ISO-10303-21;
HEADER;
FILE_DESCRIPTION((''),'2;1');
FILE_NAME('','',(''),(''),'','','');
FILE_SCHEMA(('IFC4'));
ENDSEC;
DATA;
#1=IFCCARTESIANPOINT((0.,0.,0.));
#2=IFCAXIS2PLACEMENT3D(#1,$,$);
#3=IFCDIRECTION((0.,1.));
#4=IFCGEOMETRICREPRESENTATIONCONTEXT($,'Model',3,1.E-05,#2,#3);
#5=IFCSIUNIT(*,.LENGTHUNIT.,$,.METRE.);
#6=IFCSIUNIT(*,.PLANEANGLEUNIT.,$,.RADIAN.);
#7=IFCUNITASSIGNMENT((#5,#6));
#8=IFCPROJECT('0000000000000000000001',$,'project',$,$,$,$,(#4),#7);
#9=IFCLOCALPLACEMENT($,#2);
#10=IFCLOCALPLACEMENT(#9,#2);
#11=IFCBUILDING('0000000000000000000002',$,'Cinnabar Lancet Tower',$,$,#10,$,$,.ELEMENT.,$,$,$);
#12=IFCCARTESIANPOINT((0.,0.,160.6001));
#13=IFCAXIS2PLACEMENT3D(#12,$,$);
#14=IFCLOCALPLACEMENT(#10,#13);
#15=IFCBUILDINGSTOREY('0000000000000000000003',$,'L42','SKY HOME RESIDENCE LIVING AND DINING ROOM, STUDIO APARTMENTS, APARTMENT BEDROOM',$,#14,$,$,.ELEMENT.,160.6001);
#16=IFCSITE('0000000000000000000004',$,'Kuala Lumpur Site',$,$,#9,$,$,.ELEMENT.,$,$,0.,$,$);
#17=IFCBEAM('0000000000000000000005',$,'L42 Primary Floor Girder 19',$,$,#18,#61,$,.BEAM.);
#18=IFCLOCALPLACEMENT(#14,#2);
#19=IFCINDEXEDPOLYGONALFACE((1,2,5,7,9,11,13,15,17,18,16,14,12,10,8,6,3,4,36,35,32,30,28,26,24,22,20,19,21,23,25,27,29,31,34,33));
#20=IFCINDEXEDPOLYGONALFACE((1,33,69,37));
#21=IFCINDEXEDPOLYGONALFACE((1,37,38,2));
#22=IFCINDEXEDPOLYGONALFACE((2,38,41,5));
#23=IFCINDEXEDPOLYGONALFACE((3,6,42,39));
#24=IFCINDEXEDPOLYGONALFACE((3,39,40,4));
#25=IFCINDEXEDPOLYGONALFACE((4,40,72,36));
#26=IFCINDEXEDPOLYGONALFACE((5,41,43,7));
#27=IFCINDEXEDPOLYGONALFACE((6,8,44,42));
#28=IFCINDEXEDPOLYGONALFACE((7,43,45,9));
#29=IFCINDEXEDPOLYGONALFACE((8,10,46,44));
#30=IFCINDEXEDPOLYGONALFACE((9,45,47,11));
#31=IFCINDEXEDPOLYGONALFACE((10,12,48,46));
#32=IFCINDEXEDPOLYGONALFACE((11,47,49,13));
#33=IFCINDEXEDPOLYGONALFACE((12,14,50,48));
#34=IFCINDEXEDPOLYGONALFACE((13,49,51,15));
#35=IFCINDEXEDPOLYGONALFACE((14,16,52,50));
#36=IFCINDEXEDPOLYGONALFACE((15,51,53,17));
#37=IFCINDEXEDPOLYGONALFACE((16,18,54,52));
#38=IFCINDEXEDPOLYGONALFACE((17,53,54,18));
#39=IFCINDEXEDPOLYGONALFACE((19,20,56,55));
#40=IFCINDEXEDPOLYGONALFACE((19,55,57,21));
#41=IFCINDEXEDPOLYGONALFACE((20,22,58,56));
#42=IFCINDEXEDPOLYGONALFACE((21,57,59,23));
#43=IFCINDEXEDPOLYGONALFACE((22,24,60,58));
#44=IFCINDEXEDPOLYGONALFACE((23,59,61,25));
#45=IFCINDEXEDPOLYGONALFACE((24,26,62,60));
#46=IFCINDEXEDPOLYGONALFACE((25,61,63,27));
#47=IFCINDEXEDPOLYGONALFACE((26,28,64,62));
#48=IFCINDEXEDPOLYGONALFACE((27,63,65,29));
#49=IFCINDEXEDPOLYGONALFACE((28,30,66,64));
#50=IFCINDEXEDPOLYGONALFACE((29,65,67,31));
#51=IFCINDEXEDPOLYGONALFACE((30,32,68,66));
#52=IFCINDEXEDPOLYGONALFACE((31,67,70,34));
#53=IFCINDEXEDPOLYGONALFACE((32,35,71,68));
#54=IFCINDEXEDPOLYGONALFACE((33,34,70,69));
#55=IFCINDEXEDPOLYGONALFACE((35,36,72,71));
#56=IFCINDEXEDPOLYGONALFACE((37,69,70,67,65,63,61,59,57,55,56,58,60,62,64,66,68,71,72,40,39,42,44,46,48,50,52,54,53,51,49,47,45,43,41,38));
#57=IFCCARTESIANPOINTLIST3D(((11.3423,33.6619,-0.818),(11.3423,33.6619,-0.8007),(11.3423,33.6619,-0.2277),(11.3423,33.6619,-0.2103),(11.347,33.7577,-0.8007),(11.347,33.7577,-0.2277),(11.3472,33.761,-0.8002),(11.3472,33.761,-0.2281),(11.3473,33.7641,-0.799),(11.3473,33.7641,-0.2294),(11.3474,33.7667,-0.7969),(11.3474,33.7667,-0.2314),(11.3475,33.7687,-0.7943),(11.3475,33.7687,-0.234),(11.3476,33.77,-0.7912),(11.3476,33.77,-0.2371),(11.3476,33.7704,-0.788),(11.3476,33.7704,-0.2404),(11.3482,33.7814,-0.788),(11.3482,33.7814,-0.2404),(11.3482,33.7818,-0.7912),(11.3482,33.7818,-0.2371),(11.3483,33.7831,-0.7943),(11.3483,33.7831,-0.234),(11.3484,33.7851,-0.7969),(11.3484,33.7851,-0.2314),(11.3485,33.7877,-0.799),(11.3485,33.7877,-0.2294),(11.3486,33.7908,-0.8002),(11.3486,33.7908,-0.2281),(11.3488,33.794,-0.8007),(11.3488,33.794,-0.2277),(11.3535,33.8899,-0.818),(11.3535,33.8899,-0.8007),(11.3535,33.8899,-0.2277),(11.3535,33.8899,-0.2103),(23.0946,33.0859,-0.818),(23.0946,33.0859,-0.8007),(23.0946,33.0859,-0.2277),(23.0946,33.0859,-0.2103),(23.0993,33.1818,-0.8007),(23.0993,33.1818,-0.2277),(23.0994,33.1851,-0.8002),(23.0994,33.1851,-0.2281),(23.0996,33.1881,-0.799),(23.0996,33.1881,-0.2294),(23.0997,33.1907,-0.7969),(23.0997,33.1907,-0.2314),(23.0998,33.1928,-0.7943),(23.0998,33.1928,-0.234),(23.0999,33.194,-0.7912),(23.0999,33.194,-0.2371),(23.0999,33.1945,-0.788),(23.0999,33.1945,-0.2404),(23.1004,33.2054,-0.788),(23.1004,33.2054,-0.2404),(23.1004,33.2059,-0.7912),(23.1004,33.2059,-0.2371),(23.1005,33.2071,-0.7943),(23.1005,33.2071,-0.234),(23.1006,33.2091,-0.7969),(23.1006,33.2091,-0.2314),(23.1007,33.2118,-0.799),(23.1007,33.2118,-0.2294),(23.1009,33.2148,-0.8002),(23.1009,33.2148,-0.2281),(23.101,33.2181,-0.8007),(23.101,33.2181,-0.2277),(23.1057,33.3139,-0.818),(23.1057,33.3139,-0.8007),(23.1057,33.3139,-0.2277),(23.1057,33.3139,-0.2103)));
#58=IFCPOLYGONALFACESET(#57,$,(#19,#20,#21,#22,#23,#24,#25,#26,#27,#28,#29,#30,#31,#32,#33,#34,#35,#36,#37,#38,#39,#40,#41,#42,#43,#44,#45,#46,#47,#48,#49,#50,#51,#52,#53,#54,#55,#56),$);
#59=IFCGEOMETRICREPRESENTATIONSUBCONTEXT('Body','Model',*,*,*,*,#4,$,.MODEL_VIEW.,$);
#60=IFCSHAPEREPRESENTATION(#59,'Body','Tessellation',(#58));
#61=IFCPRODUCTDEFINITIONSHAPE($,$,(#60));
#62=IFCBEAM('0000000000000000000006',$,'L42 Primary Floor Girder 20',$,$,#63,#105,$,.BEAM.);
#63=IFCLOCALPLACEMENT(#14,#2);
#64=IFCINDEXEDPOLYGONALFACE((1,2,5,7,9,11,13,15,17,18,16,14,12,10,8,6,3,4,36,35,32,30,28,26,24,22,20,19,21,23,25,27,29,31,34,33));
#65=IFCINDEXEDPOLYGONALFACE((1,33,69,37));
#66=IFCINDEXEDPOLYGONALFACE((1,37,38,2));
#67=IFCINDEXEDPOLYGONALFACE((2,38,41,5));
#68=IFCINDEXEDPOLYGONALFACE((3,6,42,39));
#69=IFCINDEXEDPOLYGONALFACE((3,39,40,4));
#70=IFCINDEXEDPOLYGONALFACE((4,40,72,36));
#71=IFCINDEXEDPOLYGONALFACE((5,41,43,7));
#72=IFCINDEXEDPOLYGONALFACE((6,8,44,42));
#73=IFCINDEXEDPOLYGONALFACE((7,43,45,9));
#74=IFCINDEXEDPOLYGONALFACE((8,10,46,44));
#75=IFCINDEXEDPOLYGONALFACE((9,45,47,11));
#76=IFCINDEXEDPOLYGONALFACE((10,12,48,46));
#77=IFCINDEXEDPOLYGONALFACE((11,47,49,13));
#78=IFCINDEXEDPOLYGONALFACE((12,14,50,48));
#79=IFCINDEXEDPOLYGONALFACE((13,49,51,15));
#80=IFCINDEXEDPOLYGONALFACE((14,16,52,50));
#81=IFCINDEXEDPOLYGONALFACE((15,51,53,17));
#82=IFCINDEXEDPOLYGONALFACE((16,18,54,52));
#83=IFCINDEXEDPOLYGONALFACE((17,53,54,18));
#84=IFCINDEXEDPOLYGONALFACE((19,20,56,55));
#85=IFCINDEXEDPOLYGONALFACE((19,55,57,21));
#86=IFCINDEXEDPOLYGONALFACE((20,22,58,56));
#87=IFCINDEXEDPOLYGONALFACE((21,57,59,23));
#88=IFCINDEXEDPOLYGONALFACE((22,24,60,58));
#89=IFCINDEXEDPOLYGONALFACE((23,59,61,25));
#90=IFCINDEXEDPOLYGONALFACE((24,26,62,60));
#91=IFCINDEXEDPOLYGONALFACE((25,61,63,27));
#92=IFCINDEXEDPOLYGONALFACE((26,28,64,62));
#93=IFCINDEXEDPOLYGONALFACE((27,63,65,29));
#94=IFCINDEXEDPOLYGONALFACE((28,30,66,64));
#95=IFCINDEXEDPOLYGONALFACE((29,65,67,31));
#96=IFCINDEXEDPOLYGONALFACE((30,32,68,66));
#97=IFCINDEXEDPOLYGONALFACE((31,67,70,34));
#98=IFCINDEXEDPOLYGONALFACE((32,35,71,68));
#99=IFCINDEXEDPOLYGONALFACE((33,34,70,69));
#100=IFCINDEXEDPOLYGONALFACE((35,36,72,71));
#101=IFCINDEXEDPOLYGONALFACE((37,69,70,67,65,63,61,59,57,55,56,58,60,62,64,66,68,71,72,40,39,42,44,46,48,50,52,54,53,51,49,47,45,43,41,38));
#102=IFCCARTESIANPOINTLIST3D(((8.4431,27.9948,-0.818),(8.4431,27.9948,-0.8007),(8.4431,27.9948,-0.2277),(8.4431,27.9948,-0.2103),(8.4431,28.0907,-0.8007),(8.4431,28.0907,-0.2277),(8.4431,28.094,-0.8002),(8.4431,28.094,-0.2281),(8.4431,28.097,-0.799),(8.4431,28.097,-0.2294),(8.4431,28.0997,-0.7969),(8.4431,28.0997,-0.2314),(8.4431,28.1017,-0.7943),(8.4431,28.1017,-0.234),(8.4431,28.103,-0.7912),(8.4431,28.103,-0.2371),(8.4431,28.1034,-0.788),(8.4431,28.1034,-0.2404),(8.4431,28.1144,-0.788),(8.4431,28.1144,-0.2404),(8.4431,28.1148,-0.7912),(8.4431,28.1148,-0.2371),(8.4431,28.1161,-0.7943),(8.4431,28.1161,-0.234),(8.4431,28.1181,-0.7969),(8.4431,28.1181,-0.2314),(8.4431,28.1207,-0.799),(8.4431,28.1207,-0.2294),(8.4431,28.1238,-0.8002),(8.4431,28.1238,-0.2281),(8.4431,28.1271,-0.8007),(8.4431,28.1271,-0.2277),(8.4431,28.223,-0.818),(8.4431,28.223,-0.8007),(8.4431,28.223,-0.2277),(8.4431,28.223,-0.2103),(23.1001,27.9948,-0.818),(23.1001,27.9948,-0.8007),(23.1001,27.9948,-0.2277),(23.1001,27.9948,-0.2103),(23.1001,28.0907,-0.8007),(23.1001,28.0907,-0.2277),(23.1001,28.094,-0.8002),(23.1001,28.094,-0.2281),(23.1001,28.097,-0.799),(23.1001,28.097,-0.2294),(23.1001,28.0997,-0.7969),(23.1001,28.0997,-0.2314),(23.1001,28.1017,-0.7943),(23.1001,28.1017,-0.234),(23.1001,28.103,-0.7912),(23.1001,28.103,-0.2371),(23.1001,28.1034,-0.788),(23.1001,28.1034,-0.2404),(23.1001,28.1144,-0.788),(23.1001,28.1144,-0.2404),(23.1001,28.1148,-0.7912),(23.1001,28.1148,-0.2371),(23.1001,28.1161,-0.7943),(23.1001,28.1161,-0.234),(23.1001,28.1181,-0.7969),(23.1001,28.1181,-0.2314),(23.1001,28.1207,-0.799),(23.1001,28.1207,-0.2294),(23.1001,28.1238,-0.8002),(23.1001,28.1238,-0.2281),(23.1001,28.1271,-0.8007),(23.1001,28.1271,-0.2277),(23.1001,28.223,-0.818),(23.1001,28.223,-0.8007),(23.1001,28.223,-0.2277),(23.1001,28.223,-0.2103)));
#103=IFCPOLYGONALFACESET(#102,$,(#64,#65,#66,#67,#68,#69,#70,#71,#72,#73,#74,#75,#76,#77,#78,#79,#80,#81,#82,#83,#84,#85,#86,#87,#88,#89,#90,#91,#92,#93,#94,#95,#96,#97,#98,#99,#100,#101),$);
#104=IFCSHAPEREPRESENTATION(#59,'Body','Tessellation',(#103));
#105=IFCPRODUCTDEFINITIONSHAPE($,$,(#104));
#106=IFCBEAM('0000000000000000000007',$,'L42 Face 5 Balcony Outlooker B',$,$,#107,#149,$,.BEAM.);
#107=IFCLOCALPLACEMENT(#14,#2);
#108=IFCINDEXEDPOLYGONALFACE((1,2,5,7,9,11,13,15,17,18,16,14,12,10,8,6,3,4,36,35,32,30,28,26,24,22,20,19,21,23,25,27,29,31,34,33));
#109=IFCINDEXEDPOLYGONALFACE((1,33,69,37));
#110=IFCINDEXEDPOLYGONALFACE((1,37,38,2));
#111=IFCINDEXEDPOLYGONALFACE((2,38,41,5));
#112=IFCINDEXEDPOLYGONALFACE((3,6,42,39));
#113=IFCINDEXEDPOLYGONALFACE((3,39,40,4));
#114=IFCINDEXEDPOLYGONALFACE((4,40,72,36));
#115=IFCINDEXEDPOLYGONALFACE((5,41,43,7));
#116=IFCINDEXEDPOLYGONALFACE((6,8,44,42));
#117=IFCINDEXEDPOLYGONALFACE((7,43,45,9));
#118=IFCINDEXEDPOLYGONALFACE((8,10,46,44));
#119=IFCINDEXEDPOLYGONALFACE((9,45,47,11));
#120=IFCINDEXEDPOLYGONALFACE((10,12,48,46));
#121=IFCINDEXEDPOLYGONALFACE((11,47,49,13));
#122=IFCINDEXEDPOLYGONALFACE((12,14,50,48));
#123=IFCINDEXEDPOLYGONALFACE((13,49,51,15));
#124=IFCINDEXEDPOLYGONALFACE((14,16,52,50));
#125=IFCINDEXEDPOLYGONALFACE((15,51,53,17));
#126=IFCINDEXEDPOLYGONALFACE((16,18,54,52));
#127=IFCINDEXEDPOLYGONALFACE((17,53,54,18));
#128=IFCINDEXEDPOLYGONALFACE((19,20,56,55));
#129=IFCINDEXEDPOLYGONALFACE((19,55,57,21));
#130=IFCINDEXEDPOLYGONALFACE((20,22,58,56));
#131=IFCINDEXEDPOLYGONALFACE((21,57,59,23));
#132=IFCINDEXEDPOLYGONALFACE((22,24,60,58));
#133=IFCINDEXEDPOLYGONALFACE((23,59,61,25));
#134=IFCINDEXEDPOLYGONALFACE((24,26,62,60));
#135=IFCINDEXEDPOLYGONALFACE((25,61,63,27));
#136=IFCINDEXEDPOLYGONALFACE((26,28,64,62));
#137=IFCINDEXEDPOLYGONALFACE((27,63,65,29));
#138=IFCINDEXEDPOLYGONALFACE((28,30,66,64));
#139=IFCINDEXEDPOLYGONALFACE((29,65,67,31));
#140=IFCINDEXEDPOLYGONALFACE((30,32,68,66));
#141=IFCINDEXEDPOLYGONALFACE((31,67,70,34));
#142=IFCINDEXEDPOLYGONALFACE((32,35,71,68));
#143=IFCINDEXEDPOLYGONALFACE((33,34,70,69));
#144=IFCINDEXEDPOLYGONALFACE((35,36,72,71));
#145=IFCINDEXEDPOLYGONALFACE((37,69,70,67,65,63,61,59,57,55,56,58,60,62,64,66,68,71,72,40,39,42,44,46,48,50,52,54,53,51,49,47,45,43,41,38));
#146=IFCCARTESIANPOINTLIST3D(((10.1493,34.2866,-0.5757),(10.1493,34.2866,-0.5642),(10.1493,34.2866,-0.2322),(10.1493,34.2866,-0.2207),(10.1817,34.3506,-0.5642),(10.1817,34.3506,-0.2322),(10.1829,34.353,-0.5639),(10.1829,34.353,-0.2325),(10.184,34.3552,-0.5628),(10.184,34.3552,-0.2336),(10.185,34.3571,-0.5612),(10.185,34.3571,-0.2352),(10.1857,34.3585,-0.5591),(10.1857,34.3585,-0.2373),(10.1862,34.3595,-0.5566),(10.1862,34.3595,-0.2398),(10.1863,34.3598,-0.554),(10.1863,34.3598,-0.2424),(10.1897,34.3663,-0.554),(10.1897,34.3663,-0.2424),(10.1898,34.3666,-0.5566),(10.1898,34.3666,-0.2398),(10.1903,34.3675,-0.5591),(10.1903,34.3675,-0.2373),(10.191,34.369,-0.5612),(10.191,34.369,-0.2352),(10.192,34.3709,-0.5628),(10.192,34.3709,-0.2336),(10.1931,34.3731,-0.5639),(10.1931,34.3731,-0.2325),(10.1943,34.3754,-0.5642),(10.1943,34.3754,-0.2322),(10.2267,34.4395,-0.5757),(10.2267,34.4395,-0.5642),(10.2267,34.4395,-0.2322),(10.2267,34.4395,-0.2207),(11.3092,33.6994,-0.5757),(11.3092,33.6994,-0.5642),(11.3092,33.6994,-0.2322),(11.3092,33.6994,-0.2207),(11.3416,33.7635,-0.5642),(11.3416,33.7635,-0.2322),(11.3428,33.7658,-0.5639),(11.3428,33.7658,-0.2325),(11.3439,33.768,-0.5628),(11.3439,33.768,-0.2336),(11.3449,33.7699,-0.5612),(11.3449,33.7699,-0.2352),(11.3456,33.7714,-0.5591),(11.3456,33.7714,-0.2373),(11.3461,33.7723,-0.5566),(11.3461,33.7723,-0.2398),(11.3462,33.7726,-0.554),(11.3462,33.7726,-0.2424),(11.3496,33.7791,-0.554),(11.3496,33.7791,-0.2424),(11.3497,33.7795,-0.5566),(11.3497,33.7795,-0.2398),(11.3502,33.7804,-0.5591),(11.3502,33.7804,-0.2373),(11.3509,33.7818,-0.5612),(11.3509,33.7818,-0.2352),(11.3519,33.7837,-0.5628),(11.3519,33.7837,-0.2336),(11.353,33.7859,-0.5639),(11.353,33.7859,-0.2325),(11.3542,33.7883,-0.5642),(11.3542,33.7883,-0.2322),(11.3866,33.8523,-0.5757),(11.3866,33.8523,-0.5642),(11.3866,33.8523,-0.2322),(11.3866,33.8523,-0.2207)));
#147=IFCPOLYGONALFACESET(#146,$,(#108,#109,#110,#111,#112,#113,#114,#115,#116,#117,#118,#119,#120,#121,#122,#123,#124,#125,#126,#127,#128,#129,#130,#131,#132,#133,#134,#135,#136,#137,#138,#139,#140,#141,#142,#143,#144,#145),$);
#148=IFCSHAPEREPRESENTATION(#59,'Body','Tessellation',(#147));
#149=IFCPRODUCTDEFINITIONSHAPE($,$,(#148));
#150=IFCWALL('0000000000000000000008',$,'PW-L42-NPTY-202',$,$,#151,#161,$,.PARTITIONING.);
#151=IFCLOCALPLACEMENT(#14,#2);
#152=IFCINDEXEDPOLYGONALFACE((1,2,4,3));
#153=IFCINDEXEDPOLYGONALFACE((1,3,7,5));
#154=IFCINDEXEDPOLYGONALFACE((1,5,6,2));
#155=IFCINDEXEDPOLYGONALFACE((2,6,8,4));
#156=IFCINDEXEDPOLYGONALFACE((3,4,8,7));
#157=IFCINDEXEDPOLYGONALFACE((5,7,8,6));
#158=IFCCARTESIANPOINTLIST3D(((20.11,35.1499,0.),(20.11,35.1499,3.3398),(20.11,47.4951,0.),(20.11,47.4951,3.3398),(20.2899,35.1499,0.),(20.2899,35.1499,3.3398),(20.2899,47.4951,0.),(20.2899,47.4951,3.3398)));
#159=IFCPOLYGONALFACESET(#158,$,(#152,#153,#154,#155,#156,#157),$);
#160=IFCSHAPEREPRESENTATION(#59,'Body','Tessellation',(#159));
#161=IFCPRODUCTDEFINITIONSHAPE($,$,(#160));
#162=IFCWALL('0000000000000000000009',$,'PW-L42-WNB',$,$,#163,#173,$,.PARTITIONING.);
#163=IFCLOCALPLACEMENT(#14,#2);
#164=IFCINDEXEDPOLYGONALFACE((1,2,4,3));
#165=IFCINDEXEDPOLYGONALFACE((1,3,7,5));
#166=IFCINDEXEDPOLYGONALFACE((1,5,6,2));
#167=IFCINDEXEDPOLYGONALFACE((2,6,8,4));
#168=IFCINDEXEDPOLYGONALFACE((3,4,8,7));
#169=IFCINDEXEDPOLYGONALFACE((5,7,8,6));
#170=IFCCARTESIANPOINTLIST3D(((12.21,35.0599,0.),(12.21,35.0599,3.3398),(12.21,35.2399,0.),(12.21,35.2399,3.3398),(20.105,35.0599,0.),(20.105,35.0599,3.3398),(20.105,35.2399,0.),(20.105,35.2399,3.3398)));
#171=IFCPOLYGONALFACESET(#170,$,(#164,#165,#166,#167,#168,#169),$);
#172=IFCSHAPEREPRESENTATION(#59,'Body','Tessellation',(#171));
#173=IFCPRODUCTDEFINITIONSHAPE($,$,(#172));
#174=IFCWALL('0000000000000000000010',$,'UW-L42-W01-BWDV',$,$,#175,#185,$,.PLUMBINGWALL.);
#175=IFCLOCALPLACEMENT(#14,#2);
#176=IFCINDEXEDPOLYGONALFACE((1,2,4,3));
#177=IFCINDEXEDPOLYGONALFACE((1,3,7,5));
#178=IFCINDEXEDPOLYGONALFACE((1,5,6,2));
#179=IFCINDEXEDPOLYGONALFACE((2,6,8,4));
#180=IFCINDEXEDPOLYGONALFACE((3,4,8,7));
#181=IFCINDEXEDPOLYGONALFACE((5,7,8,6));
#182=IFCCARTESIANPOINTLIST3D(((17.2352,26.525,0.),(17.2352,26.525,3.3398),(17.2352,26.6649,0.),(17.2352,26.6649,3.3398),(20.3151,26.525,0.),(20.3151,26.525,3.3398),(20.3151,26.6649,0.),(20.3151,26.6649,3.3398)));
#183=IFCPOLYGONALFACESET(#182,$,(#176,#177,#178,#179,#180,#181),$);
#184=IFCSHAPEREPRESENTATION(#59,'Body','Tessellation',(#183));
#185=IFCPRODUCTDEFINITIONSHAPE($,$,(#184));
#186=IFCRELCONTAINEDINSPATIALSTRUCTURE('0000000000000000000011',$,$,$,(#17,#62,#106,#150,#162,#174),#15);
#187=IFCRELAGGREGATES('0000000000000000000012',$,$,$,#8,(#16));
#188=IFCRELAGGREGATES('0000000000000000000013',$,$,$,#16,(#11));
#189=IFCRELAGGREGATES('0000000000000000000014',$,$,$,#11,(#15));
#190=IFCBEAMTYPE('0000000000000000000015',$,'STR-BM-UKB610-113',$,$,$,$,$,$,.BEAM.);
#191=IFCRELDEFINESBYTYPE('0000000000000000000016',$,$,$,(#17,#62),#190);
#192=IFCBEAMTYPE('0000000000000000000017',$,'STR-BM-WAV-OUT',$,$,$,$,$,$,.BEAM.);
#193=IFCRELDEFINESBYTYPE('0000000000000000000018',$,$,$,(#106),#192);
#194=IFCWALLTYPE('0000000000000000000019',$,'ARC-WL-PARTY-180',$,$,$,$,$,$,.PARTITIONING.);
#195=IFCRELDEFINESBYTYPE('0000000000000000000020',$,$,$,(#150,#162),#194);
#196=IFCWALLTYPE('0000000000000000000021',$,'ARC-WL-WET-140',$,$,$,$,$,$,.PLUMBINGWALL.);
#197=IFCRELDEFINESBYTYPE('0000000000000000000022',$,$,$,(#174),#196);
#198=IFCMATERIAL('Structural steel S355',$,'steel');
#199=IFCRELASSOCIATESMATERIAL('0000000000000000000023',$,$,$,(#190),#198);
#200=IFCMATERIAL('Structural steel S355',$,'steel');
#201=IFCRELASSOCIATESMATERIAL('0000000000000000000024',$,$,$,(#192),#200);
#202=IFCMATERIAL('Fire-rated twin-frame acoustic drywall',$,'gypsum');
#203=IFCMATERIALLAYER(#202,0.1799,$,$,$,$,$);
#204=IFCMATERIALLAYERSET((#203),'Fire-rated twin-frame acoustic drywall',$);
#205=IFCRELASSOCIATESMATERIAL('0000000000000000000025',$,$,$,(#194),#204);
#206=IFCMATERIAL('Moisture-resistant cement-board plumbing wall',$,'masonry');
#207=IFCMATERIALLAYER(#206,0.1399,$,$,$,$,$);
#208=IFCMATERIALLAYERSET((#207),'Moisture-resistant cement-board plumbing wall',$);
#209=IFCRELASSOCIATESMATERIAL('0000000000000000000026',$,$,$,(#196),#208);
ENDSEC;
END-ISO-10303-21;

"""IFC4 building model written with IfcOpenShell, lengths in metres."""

from ifc_helpers import new_model, si_unit, direction, frame, frame_2d, origin, origin_2d, place, context, subcontext, project, spatial, rectangle, i_section, extrude, material, layer, layer_set, material_profile, profile_set, type_object, element, save


model = new_model("IFC4")

# Units and contexts
model_context = context("Model", 3, precision=1e-05, world=origin(), true_north=direction((0.0, 1.0)))
body_context = subcontext(model_context, "Body", "Model", "MODEL_VIEW")
ifc_project = project(units=[si_unit("LENGTHUNIT", "METRE"), si_unit("PLANEANGLEUNIT", "RADIAN")], contexts=[model_context])

# Site, building, storey
site_placement = place(None, origin())
site = spatial("IfcSite", under=ifc_project, at=site_placement, Name="Kuala Lumpur Site", CompositionType="ELEMENT", RefElevation=0.0)
building_placement = place(site_placement, origin())
building = spatial("IfcBuilding", under=site, at=building_placement, Name="Cinnabar Lancet Tower", CompositionType="ELEMENT")
storey_placement = place(building_placement, frame((0.0, 0.0, 160.6001)))
storey = spatial("IfcBuildingStorey", under=building, at=storey_placement, Name="L42", Description="SKY HOME RESIDENCE LIVING AND DINING ROOM, STUDIO APARTMENTS, APARTMENT BEDROOM", CompositionType="ELEMENT", Elevation=160.6001)

# Beams
ifc_material_1 = material(Name="Structural steel S355", Category="steel")
ifc_material_profile_1 = material_profile(ifc_material_1, i_section(OverallWidth=0.2283, OverallDepth=0.6077, WebThickness=0.011, FlangeThickness=0.0173, FilletRadius=0.0127, at=origin_2d()), Name="UKB 610x229x113")
ifc_profile_set_1 = profile_set([ifc_material_profile_1], Name="Structural steel S355")
beam_type_1 = type_object("IfcBeamType", Name="STR-BM-UKB610-113", PredefinedType="BEAM", material=ifc_profile_set_1)
beam_1_placement = place(storey_placement, frame((11.3479, 33.7759, -0.5142), z_axis=(0.998801, -0.048947, 0.0), x_axis=(0.048947, 0.998801, 0.0)))
element("IfcBeam", 1, at=beam_1_placement, inside=storey, type_object=beam_type_1, Name="L42 Primary Floor Girder 19", PredefinedType="BEAM", context=body_context, shape_type="SweptSolid", body=[
    extrude(i_section(OverallWidth=0.2283, OverallDepth=0.6077, WebThickness=0.011, FlangeThickness=0.0173, FilletRadius=0.0127, at=origin_2d()), origin(), (0.0, 0.0, 1.0), 11.7664),
])
beam_2_placement = place(storey_placement, frame((8.4431, 28.1089, -0.5142), z_axis=(1.0, 0.0, 0.0), x_axis=(0.0, 1.0, 0.0)))
element("IfcBeam", 2, at=beam_2_placement, inside=storey, type_object=beam_type_1, Name="L42 Primary Floor Girder 20", PredefinedType="BEAM", context=body_context, shape_type="SweptSolid", body=[
    extrude(i_section(OverallWidth=0.2283, OverallDepth=0.6077, WebThickness=0.011, FlangeThickness=0.0173, FilletRadius=0.0127, at=origin_2d()), origin(), (0.0, 0.0, 1.0), 14.657),
])
ifc_material_2 = material(Name="Structural steel S355", Category="steel")
ifc_material_profile_2 = material_profile(ifc_material_2, i_section(OverallWidth=0.1714, OverallDepth=0.355, WebThickness=0.0073, FlangeThickness=0.0115, FilletRadius=0.0103, at=origin_2d()), Name="UKB 356x171x51")
ifc_profile_set_2 = profile_set([ifc_material_profile_2], Name="Structural steel S355")
beam_type_2 = type_object("IfcBeamType", Name="STR-BM-WAV-OUT", PredefinedType="BEAM", material=ifc_profile_set_2)
beam_3_placement = place(storey_placement, frame((11.3479, 33.7759, -0.3982), z_axis=(-0.8922, 0.45164, 0.0), x_axis=(-0.45164, -0.8922, 0.0)))
element("IfcBeam", 3, at=beam_3_placement, inside=storey, type_object=beam_type_2, Name="L42 Face 5 Balcony Outlooker B", PredefinedType="BEAM", context=body_context, shape_type="SweptSolid", body=[
    extrude(i_section(OverallWidth=0.1714, OverallDepth=0.355, WebThickness=0.0073, FlangeThickness=0.0115, FilletRadius=0.0103, at=origin_2d()), origin(), (0.0, 0.0, 1.0), 1.3),
])

# Walls
ifc_material_3 = material(Name="Fire-rated twin-frame acoustic drywall", Category="gypsum")
ifc_layer_1 = layer(ifc_material_3, 0.1799)
ifc_layer_set_1 = layer_set([ifc_layer_1], Name="Fire-rated twin-frame acoustic drywall")
wall_type_1 = type_object("IfcWallType", Name="ARC-WL-PARTY-180", PredefinedType="PARTITIONING", material=ifc_layer_set_1)
wall_1_placement = place(storey_placement, frame((20.2, 35.1499, 0.0), z_axis=(0.0, 0.0, 1.0), x_axis=(0.0, 1.0, 0.0)))
element("IfcWall", 4, at=wall_1_placement, inside=storey, type_object=wall_type_1, Name="PW-L42-NPTY-202", PredefinedType="PARTITIONING", context=body_context, shape_type="SweptSolid", body=[
    extrude(rectangle(XDim=12.3452, YDim=0.1799, at=frame_2d((6.1726, 0.0))), origin(), (0.0, 0.0, 1.0), 3.3398),
])
wall_2_placement = place(storey_placement, frame((12.21, 35.1499, 0.0), z_axis=(0.0, 0.0, 1.0), x_axis=(1.0, 0.0, 0.0)))
element("IfcWall", 5, at=wall_2_placement, inside=storey, type_object=wall_type_1, Name="PW-L42-WNB", PredefinedType="PARTITIONING", context=body_context, shape_type="SweptSolid", body=[
    extrude(rectangle(XDim=7.895, YDim=0.1799, at=frame_2d((3.9475, 0.0))), origin(), (0.0, 0.0, 1.0), 3.3398),
])
ifc_material_4 = material(Name="Moisture-resistant cement-board plumbing wall", Category="masonry")
ifc_layer_2 = layer(ifc_material_4, 0.1399)
ifc_layer_set_2 = layer_set([ifc_layer_2], Name="Moisture-resistant cement-board plumbing wall")
wall_type_2 = type_object("IfcWallType", Name="ARC-WL-WET-140", PredefinedType="PLUMBINGWALL", material=ifc_layer_set_2)
wall_3_placement = place(storey_placement, frame((17.2351, 26.595, 0.0), z_axis=(0.0, 0.0, 1.0), x_axis=(1.0, 0.0, 0.0)))
element("IfcWall", 6, at=wall_3_placement, inside=storey, type_object=wall_type_2, Name="UW-L42-W01-BWDV", PredefinedType="PLUMBINGWALL", context=body_context, shape_type="SweptSolid", body=[
    extrude(rectangle(XDim=3.0798, YDim=0.1399, at=frame_2d((1.54, 0.0))), origin(), (0.0, 0.0, 1.0), 3.3398),
])

save(model, "model.ifc")
